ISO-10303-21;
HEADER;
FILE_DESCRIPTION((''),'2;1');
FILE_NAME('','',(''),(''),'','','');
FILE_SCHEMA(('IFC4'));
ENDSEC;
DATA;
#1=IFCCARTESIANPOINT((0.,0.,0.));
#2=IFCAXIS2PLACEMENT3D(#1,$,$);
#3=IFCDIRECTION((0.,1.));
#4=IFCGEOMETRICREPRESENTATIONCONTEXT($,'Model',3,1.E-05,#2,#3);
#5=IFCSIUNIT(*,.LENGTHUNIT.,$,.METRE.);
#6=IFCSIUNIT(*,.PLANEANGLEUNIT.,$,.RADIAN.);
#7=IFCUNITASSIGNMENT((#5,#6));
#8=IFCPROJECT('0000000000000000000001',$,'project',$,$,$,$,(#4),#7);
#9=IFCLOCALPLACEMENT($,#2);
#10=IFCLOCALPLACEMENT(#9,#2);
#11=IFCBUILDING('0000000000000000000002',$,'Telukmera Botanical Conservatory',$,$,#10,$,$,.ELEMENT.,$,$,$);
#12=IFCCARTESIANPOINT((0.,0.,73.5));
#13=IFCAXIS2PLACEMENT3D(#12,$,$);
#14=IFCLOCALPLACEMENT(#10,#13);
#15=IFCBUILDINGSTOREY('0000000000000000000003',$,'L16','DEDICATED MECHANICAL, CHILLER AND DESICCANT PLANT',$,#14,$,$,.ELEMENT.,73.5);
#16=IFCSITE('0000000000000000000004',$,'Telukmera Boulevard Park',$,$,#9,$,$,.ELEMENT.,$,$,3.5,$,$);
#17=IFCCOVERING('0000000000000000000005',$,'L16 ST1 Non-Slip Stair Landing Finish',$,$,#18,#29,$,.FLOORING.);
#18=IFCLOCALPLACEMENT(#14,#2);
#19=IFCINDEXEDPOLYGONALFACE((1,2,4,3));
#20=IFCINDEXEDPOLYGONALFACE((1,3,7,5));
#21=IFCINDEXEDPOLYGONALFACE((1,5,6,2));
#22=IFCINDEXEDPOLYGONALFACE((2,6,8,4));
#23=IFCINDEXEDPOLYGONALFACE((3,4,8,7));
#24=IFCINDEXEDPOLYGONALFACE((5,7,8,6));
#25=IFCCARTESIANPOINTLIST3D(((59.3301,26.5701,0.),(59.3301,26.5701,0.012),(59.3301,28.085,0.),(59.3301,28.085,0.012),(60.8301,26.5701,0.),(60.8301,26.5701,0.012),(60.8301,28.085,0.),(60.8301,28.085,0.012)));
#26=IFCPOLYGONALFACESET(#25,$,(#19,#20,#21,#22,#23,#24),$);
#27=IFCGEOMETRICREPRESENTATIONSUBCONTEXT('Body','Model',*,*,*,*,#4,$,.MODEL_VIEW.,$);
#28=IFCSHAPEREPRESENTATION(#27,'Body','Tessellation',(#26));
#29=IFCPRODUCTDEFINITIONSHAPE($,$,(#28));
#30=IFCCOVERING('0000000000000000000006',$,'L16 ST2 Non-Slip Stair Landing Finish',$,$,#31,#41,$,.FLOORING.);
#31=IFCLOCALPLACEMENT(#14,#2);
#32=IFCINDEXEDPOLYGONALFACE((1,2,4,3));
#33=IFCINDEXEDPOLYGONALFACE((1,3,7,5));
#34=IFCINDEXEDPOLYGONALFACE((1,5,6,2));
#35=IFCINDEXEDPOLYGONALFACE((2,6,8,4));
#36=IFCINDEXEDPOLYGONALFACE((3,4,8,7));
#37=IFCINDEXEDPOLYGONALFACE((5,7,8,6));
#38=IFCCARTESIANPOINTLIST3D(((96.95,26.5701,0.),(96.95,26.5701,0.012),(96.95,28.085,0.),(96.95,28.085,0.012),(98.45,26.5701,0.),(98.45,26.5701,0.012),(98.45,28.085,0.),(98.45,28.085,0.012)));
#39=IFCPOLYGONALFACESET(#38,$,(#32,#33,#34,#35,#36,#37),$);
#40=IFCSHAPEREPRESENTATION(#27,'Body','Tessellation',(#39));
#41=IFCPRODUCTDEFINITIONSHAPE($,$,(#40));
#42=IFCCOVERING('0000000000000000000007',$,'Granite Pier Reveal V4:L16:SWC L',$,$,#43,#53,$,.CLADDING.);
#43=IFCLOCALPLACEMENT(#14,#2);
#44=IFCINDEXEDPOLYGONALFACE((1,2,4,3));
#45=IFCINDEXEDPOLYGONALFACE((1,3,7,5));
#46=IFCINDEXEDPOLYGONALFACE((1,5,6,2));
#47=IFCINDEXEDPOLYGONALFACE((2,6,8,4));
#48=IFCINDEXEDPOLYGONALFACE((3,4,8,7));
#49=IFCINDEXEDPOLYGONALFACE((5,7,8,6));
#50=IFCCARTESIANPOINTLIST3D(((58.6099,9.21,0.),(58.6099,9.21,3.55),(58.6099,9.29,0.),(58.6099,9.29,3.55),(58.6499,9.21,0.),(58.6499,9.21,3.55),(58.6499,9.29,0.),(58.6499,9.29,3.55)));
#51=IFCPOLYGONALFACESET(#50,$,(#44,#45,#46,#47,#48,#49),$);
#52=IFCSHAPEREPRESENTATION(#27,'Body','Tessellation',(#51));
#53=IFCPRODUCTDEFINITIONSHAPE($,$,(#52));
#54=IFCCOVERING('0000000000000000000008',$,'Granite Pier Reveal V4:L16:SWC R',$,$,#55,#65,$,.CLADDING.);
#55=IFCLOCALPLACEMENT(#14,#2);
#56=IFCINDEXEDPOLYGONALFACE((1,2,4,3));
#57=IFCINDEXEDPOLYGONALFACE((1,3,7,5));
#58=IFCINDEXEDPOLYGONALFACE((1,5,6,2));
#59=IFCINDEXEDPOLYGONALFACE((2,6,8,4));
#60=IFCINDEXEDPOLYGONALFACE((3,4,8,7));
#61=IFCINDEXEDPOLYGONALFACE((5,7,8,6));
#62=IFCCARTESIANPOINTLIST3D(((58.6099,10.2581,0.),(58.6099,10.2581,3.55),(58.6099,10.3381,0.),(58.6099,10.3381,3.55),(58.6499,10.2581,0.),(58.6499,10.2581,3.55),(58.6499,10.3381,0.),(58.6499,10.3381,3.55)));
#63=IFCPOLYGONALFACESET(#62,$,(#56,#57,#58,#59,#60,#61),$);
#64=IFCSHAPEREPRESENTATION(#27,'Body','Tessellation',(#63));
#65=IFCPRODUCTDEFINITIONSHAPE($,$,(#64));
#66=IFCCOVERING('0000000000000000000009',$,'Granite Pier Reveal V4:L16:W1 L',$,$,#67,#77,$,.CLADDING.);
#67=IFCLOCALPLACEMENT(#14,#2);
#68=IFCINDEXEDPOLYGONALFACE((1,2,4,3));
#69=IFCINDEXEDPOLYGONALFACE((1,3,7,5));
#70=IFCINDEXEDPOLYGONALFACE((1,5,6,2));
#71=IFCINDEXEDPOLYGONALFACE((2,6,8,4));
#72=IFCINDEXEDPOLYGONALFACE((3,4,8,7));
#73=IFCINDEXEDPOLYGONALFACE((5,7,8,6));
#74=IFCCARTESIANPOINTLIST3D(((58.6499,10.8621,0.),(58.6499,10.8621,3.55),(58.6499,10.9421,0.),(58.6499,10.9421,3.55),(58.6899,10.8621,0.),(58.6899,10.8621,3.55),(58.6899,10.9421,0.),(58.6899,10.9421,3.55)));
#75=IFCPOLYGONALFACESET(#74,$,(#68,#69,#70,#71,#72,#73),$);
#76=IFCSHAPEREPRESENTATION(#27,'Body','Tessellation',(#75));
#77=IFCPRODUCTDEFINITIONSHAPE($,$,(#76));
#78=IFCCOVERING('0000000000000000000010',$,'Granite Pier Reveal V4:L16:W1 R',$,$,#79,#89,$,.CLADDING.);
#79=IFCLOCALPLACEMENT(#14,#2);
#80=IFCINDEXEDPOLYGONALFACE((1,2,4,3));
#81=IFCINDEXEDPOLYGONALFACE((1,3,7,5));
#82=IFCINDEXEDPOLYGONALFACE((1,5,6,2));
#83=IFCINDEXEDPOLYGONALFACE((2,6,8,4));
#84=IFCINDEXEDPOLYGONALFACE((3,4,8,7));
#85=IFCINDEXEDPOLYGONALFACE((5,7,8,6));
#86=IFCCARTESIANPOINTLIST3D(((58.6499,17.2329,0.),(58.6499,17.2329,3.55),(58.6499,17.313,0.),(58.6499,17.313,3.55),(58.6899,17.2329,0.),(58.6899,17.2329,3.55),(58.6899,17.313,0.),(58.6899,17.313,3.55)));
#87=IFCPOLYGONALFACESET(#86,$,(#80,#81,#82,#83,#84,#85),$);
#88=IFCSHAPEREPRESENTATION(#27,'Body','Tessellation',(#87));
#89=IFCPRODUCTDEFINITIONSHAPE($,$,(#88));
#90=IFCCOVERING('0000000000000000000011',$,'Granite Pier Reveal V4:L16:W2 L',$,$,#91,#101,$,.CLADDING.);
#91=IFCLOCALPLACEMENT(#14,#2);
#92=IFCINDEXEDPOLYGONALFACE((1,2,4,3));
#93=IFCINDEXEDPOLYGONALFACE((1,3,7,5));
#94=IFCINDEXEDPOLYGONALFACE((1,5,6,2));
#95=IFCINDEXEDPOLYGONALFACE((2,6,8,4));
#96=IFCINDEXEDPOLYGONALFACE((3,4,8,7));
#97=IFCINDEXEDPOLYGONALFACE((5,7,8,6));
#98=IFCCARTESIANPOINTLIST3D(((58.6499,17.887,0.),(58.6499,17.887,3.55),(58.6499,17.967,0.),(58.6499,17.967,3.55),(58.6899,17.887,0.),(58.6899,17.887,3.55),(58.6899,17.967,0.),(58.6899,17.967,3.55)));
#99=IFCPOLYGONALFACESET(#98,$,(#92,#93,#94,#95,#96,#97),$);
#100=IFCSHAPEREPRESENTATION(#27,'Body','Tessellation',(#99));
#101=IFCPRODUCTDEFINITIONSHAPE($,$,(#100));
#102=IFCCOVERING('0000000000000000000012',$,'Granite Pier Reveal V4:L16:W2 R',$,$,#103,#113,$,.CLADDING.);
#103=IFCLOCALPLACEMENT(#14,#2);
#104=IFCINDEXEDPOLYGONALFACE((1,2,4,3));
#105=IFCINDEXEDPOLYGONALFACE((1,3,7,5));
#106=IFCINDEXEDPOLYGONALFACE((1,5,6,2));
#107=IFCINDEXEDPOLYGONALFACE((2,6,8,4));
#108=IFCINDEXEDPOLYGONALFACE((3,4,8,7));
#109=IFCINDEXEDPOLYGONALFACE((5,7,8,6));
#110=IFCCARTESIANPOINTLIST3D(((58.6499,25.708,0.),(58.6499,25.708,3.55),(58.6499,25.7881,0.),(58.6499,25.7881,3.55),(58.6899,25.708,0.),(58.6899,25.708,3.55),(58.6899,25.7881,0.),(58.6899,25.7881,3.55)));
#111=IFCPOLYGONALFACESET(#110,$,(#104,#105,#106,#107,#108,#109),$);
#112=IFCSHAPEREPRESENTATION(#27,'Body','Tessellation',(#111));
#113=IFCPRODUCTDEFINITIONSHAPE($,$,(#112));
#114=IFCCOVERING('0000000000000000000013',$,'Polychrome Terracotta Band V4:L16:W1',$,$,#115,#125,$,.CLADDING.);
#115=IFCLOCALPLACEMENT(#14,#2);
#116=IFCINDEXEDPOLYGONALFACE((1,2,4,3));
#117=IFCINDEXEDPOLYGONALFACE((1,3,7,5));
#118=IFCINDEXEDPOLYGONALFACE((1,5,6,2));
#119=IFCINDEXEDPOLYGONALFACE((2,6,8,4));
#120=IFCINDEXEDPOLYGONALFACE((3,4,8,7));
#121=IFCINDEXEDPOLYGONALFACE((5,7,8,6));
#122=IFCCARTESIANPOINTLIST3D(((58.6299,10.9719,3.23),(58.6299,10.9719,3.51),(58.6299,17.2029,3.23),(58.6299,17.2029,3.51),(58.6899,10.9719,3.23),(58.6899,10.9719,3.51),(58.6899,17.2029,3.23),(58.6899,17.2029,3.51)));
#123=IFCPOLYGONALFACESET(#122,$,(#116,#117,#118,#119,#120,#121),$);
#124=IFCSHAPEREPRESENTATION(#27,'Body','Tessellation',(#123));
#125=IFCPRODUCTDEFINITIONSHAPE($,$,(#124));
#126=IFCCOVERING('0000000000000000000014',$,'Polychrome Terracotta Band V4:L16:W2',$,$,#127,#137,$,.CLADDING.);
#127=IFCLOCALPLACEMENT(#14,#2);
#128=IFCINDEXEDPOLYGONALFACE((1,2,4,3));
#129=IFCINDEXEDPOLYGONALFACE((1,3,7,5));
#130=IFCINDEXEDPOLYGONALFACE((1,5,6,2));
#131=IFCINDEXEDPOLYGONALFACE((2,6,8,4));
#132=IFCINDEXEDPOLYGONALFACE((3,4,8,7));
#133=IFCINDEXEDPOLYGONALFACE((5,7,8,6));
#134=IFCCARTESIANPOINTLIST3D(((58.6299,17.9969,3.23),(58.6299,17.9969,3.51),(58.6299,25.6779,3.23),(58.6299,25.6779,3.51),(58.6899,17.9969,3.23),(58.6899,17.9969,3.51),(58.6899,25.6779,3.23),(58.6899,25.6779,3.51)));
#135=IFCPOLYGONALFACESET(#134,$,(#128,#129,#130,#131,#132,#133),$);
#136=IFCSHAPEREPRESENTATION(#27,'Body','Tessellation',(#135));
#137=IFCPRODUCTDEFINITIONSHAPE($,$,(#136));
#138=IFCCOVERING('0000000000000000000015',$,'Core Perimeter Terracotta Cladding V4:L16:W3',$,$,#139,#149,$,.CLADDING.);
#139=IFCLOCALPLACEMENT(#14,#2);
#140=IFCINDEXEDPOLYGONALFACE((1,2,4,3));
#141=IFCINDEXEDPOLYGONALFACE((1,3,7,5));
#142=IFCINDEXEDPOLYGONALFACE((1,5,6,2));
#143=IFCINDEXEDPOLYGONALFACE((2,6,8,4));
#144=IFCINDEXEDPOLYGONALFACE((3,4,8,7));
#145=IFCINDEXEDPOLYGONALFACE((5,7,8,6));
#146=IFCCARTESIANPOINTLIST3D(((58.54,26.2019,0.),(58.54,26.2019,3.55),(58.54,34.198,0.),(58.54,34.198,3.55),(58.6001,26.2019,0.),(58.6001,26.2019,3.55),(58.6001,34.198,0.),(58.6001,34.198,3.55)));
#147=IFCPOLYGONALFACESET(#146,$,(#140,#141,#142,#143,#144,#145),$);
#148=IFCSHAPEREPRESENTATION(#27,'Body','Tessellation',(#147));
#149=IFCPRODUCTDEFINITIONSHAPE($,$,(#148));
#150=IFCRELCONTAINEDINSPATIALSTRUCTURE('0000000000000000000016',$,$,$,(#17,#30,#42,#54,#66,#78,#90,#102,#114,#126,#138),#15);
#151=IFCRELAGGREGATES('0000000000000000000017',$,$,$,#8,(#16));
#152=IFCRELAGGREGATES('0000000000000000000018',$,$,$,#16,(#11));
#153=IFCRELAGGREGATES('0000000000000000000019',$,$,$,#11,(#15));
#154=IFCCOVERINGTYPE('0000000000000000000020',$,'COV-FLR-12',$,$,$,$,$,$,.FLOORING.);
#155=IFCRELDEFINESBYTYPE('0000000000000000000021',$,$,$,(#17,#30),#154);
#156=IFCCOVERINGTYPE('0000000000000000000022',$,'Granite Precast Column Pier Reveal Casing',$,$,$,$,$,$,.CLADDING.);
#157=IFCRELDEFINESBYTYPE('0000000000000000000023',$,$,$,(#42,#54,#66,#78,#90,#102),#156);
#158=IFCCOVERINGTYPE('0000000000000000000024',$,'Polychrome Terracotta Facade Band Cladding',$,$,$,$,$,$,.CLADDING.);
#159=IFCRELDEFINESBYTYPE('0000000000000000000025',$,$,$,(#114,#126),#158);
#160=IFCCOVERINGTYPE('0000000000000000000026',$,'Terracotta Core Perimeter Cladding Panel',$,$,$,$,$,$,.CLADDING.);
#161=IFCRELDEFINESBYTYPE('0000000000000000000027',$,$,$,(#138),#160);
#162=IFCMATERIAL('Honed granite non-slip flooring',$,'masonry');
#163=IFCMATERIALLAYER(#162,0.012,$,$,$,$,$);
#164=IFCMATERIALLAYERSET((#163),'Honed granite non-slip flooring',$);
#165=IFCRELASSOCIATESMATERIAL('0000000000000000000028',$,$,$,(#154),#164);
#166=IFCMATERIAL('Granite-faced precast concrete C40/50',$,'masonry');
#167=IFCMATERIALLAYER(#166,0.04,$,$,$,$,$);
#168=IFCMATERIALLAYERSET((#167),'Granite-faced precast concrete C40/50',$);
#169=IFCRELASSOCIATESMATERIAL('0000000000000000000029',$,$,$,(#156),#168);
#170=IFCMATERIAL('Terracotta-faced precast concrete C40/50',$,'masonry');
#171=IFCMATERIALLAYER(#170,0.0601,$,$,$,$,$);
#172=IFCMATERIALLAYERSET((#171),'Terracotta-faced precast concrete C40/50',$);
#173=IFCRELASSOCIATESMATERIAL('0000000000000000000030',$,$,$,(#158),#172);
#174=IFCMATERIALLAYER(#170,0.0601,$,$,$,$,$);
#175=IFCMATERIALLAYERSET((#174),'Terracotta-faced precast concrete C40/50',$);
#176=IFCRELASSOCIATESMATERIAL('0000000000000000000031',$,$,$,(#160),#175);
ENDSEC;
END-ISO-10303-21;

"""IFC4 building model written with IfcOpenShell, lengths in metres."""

from ifc_helpers import new_model, si_unit, direction, frame, origin, origin_2d, place, context, subcontext, project, spatial, polyline, rectangle, outline, extrude, material, layer, layer_set, type_object, element, save


model = new_model("IFC4")

# Units and contexts
model_context = context("Model", 3, precision=1e-05, world=origin(), true_north=direction((0.0, 1.0)))
body_context = subcontext(model_context, "Body", "Model", "MODEL_VIEW")
ifc_project = project(units=[si_unit("LENGTHUNIT", "METRE"), si_unit("PLANEANGLEUNIT", "RADIAN")], contexts=[model_context])

# Site, building, storey
site_placement = place(None, origin())
site = spatial("IfcSite", under=ifc_project, at=site_placement, Name="Telukmera Boulevard Park", CompositionType="ELEMENT", RefElevation=3.5)
building_placement = place(site_placement, origin())
building = spatial("IfcBuilding", under=site, at=building_placement, Name="Telukmera Botanical Conservatory", CompositionType="ELEMENT")
storey_placement = place(building_placement, frame((0.0, 0.0, 73.5)))
storey = spatial("IfcBuildingStorey", under=building, at=storey_placement, Name="L16", Description="DEDICATED MECHANICAL, CHILLER AND DESICCANT PLANT", CompositionType="ELEMENT", Elevation=73.5)

# Coverings
ifc_material_1 = material(Name="Honed granite non-slip flooring", Category="masonry")
ifc_layer_1 = layer(ifc_material_1, 0.012)
ifc_layer_set_1 = layer_set([ifc_layer_1], Name="Honed granite non-slip flooring")
covering_type_1 = type_object("IfcCoveringType", Name="COV-FLR-12", PredefinedType="FLOORING", material=ifc_layer_set_1)
covering_1_placement = place(storey_placement, origin())
element("IfcCovering", 1, at=covering_1_placement, inside=storey, type_object=covering_type_1, Name="L16 ST1 Non-Slip Stair Landing Finish", PredefinedType="FLOORING", context=body_context, shape_type="SweptSolid", body=[
    extrude(outline(polyline([(60.8301, 26.5701), (60.8301, 28.085), (59.3301, 28.085), (59.3301, 26.5701), (60.8301, 26.5701)])), origin(), (0.0, 0.0, 1.0), 0.012),
])
covering_2_placement = place(storey_placement, origin())
element("IfcCovering", 2, at=covering_2_placement, inside=storey, type_object=covering_type_1, Name="L16 ST2 Non-Slip Stair Landing Finish", PredefinedType="FLOORING", context=body_context, shape_type="SweptSolid", body=[
    extrude(outline(polyline([(98.45, 26.5701), (98.45, 28.085), (96.95, 28.085), (96.95, 26.5701), (98.45, 26.5701)])), origin(), (0.0, 0.0, 1.0), 0.012),
])
ifc_material_2 = material(Name="Granite-faced precast concrete C40/50", Category="masonry")
ifc_layer_2 = layer(ifc_material_2, 0.04)
ifc_layer_set_2 = layer_set([ifc_layer_2], Name="Granite-faced precast concrete C40/50")
covering_type_2 = type_object("IfcCoveringType", Name="Granite Precast Column Pier Reveal Casing", PredefinedType="CLADDING", material=ifc_layer_set_2)
for number, where, z_axis, x_axis, name in (
    (3, (58.6299, 9.25, 0.0), (0.0, 0.0, 1.0), (0.0, 1.0, 0.0), "Granite Pier Reveal V4:L16:SWC L"),
    (4, (58.6299, 10.2981, 0.0), (0.0, 0.0, 1.0), (0.0, 1.0, 0.0), "Granite Pier Reveal V4:L16:SWC R"),
    (5, (58.6699, 10.9021, 0.0), (0.0, 0.0, 1.0), (0.0, 1.0, 0.0), "Granite Pier Reveal V4:L16:W1 L"),
    (6, (58.6699, 17.2729, 0.0), (0.0, 0.0, 1.0), (0.0, 1.0, 0.0), "Granite Pier Reveal V4:L16:W1 R"),
    (7, (58.6699, 17.927, 0.0), (0.0, 0.0, 1.0), (0.0, 1.0, 0.0), "Granite Pier Reveal V4:L16:W2 L"),
    (8, (58.6699, 25.748, 0.0), (0.0, 0.0, 1.0), (0.0, 1.0, 0.0), "Granite Pier Reveal V4:L16:W2 R"),
):
    element("IfcCovering", number, at=place(storey_placement, frame(where, z_axis=z_axis, x_axis=x_axis)), inside=storey, type_object=covering_type_2, Name=name, PredefinedType="CLADDING", context=body_context, shape_type="SweptSolid", body=[
        extrude(rectangle(XDim=0.0801, YDim=0.04, at=origin_2d()), origin(), (0.0, 0.0, 1.0), 3.55),
    ])
ifc_material_3 = material(Name="Terracotta-faced precast concrete C40/50", Category="masonry")
ifc_layer_3 = layer(ifc_material_3, 0.0601)
ifc_layer_set_3 = layer_set([ifc_layer_3], Name="Terracotta-faced precast concrete C40/50")
covering_type_3 = type_object("IfcCoveringType", Name="Polychrome Terracotta Facade Band Cladding", PredefinedType="CLADDING", material=ifc_layer_set_3)
covering_3_placement = place(storey_placement, frame((58.6599, 14.0874, 3.23), z_axis=(0.0, 0.0, 1.0), x_axis=(0.0, 1.0, 0.0)))
element("IfcCovering", 9, at=covering_3_placement, inside=storey, type_object=covering_type_3, Name="Polychrome Terracotta Band V4:L16:W1", PredefinedType="CLADDING", context=body_context, shape_type="SweptSolid", body=[
    extrude(rectangle(XDim=6.231, YDim=0.0601, at=origin_2d()), origin(), (0.0, 0.0, 1.0), 0.28),
])
covering_4_placement = place(storey_placement, frame((58.6599, 21.8374, 3.23), z_axis=(0.0, 0.0, 1.0), x_axis=(0.0, 1.0, 0.0)))
element("IfcCovering", 10, at=covering_4_placement, inside=storey, type_object=covering_type_3, Name="Polychrome Terracotta Band V4:L16:W2", PredefinedType="CLADDING", context=body_context, shape_type="SweptSolid", body=[
    extrude(rectangle(XDim=7.6809, YDim=0.0601, at=origin_2d()), origin(), (0.0, 0.0, 1.0), 0.28),
])
ifc_layer_4 = layer(ifc_material_3, 0.0601)
ifc_layer_set_4 = layer_set([ifc_layer_4], Name="Terracotta-faced precast concrete C40/50")
covering_type_4 = type_object("IfcCoveringType", Name="Terracotta Core Perimeter Cladding Panel", PredefinedType="CLADDING", material=ifc_layer_set_4)
covering_5_placement = place(storey_placement, frame((58.5701, 30.2, 0.0), z_axis=(0.0, 0.0, 1.0), x_axis=(0.0, 1.0, 0.0)))
element("IfcCovering", 11, at=covering_5_placement, inside=storey, type_object=covering_type_4, Name="Core Perimeter Terracotta Cladding V4:L16:W3", PredefinedType="CLADDING", context=body_context, shape_type="SweptSolid", body=[
    extrude(rectangle(XDim=7.9961, YDim=0.0601, at=origin_2d()), origin(), (0.0, 0.0, 1.0), 3.55),
])

save(model, "model.ifc")
